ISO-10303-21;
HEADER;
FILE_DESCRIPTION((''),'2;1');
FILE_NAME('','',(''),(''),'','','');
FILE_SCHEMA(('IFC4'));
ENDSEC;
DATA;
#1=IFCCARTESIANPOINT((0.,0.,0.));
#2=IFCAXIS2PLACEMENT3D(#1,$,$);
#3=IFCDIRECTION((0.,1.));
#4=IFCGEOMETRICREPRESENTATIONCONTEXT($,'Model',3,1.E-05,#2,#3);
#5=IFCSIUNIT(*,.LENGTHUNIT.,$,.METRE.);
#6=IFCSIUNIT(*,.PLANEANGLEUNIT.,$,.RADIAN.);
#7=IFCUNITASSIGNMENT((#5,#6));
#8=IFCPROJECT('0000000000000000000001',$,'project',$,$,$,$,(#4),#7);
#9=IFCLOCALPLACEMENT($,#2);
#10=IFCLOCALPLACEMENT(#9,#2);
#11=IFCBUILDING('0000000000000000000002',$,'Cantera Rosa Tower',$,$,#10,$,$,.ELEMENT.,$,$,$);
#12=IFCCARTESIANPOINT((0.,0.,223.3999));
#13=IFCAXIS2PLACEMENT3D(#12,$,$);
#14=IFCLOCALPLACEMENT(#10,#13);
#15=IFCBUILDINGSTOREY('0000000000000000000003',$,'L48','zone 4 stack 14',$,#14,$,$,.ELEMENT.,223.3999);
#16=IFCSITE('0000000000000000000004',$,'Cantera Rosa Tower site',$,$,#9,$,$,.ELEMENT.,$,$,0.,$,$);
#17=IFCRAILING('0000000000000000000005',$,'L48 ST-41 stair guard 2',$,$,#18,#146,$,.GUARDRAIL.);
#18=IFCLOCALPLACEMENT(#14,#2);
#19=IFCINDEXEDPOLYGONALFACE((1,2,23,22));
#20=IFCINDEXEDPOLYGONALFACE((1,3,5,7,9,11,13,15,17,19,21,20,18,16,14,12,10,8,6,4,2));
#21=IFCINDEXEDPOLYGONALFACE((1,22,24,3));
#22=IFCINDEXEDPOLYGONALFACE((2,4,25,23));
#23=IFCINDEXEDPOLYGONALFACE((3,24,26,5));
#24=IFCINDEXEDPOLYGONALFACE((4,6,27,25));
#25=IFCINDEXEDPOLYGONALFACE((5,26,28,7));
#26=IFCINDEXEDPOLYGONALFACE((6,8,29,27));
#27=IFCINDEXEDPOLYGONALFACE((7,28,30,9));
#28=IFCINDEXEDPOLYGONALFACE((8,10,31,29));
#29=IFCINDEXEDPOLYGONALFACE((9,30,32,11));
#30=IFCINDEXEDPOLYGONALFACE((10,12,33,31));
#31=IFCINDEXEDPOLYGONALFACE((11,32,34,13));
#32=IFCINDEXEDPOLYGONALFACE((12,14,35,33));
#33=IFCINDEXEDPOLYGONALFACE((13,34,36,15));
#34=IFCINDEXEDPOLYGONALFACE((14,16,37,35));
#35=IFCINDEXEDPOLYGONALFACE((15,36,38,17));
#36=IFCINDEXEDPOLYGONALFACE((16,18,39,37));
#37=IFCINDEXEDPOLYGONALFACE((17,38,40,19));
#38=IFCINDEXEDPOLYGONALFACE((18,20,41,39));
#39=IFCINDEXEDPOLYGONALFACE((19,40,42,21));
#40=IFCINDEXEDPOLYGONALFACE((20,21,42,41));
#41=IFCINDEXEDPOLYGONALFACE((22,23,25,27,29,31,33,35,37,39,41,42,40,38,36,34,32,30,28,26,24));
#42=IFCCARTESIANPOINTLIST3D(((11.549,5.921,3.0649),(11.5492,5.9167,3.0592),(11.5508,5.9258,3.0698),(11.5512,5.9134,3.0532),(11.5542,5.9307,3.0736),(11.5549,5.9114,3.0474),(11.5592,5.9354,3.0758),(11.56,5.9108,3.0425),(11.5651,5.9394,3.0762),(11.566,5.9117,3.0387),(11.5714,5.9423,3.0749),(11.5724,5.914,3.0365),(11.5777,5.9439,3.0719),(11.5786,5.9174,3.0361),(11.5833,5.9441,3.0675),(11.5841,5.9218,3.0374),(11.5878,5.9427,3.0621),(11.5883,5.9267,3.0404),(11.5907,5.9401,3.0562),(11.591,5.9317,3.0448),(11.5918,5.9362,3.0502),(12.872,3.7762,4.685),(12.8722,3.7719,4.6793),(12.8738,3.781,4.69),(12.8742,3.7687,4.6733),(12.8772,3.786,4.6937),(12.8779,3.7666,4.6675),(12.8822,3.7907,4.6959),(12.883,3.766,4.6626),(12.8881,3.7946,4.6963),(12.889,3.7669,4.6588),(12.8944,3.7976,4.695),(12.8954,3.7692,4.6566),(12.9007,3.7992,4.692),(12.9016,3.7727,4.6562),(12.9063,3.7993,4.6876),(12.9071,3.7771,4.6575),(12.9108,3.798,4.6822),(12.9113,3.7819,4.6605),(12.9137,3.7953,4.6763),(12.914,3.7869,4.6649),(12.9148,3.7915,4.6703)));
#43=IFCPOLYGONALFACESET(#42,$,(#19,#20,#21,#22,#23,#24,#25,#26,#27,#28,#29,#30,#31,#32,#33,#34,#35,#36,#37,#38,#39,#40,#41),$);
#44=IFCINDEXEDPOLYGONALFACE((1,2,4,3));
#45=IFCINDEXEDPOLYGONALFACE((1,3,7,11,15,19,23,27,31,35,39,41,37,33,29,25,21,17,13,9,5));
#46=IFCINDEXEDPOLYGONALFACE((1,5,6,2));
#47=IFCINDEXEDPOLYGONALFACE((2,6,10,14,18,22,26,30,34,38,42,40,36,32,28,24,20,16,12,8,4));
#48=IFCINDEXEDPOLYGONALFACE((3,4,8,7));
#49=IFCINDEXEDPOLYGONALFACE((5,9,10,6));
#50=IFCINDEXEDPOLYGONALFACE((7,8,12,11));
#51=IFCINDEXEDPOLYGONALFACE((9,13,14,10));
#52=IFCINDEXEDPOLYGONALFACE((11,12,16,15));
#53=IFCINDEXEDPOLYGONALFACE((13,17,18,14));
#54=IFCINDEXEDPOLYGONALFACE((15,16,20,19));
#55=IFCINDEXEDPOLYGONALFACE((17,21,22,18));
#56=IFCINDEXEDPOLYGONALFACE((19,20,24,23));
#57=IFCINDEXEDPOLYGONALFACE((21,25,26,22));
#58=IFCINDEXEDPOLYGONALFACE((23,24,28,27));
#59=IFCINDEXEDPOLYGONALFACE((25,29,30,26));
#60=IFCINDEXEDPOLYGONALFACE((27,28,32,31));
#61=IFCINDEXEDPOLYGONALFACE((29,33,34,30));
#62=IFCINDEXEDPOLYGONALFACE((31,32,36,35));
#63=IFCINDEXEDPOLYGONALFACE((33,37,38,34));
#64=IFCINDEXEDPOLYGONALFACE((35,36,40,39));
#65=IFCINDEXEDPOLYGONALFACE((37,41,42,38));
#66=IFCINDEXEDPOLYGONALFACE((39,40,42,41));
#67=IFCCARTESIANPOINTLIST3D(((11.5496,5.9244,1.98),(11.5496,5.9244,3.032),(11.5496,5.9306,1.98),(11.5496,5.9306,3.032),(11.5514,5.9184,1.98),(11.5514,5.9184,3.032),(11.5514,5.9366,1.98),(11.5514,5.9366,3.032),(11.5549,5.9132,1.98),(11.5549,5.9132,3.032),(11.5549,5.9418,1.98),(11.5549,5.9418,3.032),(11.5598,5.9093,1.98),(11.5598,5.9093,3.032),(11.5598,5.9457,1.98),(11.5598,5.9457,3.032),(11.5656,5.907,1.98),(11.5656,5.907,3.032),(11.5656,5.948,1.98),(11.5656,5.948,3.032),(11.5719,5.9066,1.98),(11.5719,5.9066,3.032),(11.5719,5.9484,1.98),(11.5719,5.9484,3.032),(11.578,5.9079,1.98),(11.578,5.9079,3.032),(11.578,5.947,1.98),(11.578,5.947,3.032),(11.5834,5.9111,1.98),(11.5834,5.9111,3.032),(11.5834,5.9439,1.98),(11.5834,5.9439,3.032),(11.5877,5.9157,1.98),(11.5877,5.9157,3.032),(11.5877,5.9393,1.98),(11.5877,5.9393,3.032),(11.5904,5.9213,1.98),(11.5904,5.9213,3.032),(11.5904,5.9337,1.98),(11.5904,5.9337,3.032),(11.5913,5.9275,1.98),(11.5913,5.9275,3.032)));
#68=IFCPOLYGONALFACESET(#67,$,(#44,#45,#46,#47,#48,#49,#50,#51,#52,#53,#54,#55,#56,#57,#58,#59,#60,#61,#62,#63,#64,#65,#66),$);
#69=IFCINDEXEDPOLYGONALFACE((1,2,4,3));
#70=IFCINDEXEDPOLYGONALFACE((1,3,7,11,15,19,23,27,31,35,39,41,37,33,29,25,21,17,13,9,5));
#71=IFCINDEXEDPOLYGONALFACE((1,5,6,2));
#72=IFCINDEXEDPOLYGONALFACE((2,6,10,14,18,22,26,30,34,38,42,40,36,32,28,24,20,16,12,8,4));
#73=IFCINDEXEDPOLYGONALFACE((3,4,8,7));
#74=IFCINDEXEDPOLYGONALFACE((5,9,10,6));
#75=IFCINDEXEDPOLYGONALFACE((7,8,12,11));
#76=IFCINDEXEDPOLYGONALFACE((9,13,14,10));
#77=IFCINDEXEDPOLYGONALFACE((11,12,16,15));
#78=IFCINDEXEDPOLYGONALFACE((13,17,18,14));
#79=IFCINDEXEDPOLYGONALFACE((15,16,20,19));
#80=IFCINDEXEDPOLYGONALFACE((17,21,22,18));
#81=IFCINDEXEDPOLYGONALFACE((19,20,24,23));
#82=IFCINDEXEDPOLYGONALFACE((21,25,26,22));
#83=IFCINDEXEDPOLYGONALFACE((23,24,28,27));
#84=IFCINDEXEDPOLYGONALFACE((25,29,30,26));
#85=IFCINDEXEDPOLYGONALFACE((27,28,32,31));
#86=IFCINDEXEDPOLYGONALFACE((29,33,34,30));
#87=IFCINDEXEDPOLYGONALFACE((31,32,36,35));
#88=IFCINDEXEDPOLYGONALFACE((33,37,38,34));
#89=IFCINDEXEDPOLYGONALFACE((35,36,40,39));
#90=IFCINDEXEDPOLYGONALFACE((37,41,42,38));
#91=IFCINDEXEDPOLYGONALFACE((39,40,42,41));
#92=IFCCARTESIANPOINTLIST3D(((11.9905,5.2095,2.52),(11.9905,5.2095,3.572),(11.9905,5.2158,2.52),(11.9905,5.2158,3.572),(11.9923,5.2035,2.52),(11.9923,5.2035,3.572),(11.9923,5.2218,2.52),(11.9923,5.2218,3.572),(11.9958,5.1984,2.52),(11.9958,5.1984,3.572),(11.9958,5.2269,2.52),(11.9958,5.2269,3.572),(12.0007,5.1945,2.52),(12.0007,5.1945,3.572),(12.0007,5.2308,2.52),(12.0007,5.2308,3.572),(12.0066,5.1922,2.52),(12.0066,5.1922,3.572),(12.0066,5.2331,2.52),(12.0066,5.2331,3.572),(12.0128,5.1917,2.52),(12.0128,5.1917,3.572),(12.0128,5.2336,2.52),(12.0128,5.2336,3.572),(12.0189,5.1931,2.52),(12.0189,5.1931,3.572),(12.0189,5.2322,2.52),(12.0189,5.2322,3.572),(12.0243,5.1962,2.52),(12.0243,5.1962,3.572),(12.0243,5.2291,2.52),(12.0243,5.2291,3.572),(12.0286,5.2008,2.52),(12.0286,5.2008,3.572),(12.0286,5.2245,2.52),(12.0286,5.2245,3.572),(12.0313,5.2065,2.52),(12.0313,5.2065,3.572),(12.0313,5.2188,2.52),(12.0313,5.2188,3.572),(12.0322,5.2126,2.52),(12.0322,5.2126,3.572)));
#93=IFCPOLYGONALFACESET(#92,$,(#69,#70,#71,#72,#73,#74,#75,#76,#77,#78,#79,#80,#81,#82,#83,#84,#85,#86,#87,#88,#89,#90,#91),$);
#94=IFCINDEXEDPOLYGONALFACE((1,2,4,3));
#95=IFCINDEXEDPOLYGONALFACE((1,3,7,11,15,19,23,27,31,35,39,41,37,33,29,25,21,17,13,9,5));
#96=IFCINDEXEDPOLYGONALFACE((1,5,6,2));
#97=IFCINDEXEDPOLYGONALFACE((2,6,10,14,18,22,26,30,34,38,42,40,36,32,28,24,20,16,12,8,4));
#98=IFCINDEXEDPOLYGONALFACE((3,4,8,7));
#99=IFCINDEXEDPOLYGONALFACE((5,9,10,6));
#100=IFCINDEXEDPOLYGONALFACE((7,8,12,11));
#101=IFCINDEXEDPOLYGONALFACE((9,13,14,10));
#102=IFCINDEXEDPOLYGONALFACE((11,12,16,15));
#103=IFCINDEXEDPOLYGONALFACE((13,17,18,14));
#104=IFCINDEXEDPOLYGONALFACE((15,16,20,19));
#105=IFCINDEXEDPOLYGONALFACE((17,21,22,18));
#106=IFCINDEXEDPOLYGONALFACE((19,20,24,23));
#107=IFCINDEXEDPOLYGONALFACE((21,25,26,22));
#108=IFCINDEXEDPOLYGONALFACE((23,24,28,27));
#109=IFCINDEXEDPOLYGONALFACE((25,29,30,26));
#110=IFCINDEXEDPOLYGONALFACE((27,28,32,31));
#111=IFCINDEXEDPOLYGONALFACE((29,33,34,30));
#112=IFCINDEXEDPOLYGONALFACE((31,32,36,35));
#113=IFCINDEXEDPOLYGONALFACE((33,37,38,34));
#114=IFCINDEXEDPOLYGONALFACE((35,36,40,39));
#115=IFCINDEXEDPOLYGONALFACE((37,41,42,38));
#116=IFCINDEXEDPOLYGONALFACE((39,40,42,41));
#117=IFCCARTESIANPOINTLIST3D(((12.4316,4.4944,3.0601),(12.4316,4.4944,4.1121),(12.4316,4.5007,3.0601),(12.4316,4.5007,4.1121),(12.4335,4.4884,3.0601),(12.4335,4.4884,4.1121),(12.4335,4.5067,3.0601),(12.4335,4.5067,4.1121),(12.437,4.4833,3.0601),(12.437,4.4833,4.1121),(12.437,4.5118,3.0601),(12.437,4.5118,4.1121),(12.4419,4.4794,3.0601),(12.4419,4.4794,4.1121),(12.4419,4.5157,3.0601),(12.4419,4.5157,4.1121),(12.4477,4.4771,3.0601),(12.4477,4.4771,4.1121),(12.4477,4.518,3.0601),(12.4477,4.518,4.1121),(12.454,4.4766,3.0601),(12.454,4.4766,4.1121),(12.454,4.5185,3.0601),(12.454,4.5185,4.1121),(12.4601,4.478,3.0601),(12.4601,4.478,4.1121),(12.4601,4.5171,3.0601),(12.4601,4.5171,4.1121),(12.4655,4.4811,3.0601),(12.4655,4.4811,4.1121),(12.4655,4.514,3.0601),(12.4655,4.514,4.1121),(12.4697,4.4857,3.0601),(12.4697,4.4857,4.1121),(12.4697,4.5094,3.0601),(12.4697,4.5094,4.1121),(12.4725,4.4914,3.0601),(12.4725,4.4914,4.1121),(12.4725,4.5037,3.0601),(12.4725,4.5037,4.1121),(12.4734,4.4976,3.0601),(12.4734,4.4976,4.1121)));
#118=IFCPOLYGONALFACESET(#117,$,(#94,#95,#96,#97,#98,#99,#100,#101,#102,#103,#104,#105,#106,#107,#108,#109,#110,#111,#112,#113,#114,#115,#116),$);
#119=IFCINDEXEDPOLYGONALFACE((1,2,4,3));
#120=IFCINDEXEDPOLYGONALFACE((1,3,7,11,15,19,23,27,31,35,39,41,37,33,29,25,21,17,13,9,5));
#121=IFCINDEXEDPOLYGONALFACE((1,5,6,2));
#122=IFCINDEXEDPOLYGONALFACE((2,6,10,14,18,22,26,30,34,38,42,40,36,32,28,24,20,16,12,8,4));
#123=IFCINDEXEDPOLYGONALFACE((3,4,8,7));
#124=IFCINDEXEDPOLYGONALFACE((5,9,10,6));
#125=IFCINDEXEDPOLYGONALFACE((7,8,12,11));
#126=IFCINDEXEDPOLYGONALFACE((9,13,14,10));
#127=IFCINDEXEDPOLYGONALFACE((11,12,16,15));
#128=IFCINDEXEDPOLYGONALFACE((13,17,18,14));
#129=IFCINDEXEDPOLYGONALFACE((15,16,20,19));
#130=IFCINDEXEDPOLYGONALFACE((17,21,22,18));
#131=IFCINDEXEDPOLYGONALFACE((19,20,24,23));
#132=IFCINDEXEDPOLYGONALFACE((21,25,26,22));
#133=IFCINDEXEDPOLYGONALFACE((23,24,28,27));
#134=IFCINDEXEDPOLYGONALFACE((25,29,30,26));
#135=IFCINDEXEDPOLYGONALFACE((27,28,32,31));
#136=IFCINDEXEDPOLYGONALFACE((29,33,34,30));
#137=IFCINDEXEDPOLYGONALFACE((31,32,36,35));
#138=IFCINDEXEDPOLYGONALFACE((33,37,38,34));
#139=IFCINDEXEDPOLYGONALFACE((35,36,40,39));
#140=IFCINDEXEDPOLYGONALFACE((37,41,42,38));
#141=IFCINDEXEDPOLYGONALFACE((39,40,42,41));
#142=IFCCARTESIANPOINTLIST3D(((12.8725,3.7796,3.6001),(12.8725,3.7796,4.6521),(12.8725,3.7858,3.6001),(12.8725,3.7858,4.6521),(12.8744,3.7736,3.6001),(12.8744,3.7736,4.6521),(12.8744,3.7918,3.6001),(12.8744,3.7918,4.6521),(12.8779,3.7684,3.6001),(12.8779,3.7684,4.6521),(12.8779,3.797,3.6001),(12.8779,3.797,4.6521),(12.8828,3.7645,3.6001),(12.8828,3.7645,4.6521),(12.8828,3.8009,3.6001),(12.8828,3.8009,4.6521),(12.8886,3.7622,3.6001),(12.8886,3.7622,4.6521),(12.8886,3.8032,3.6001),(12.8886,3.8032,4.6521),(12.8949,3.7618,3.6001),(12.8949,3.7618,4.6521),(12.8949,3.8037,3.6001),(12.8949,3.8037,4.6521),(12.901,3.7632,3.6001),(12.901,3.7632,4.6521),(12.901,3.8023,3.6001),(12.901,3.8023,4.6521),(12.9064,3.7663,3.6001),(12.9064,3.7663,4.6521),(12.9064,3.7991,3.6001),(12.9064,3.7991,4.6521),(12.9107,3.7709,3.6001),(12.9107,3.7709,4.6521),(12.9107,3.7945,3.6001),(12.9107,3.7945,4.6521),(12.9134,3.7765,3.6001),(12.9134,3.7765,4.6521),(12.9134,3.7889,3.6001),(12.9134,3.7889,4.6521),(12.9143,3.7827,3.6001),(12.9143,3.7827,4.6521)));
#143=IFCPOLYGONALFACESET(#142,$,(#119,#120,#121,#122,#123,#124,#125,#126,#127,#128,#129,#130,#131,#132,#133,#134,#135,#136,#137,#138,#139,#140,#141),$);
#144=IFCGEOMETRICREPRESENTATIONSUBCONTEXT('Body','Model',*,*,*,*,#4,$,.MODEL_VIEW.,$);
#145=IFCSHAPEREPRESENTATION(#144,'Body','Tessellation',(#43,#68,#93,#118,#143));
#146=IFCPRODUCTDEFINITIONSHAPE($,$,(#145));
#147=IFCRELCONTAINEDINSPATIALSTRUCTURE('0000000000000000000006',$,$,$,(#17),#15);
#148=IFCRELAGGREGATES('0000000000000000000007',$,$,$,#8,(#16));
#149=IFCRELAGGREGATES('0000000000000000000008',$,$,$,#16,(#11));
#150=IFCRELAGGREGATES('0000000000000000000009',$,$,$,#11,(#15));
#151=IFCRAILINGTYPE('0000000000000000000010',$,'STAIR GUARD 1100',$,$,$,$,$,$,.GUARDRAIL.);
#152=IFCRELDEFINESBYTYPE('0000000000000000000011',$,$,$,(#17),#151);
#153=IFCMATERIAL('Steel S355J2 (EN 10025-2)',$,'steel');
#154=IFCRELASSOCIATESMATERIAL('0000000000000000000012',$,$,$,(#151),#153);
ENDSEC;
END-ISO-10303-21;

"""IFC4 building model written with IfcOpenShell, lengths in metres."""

from ifc_helpers import new_model, si_unit, direction, frame, origin, origin_2d, place, context, subcontext, project, spatial, circle, extrude, material, type_object, element, save


model = new_model("IFC4")

# Units and contexts
model_context = context("Model", 3, precision=1e-05, world=origin(), true_north=direction((0.0, 1.0)))
body_context = subcontext(model_context, "Body", "Model", "MODEL_VIEW")
ifc_project = project(units=[si_unit("LENGTHUNIT", "METRE"), si_unit("PLANEANGLEUNIT", "RADIAN")], contexts=[model_context])

# Site, building, storey
site_placement = place(None, origin())
site = spatial("IfcSite", under=ifc_project, at=site_placement, Name="Cantera Rosa Tower site", CompositionType="ELEMENT", RefElevation=0.0)
building_placement = place(site_placement, origin())
building = spatial("IfcBuilding", under=site, at=building_placement, Name="Cantera Rosa Tower", CompositionType="ELEMENT")
storey_placement = place(building_placement, frame((0.0, 0.0, 223.3999)))
storey = spatial("IfcBuildingStorey", under=building, at=storey_placement, Name="L48", Description="zone 4 stack 14", CompositionType="ELEMENT", Elevation=223.3999)

# Railing
ifc_material_1 = material(Name="Steel S355J2 (EN 10025-2)", Category="steel")
railing_type_1 = type_object("IfcRailingType", Name="STAIR GUARD 1100", PredefinedType="GUARDRAIL", material=ifc_material_1)
railing_1_placement = place(storey_placement, frame((11.5703, 5.9275, 1.98)))
element("IfcRailing", 1, at=railing_1_placement, inside=storey, type_object=railing_type_1, Name="L48 ST-41 stair guard 2", PredefinedType="GUARDRAIL", context=body_context, shape_type="SweptSolid", body=[
    extrude(circle(Radius=0.0239, at=origin_2d()), frame((0.0, 0.0, 1.0762), z_axis=(0.441609, -0.715914, 0.540786), x_axis=(0.851102, 0.525, 0.0)), (0.0, 0.0, 1.0), 2.9958),
    extrude(circle(Radius=0.021, at=origin_2d()), origin(), (0.0, 0.0, 1.0), 1.052),
    extrude(circle(Radius=0.021, at=origin_2d()), frame((0.4409, -0.7148, 0.54)), (0.0, 0.0, 1.0), 1.052),
    extrude(circle(Radius=0.021, at=origin_2d()), frame((0.8821, -1.4299, 1.0801)), (0.0, 0.0, 1.0), 1.052),
    extrude(circle(Radius=0.021, at=origin_2d()), frame((1.323, -2.1448, 1.6201)), (0.0, 0.0, 1.0), 1.052),
])

save(model, "model.ifc")
